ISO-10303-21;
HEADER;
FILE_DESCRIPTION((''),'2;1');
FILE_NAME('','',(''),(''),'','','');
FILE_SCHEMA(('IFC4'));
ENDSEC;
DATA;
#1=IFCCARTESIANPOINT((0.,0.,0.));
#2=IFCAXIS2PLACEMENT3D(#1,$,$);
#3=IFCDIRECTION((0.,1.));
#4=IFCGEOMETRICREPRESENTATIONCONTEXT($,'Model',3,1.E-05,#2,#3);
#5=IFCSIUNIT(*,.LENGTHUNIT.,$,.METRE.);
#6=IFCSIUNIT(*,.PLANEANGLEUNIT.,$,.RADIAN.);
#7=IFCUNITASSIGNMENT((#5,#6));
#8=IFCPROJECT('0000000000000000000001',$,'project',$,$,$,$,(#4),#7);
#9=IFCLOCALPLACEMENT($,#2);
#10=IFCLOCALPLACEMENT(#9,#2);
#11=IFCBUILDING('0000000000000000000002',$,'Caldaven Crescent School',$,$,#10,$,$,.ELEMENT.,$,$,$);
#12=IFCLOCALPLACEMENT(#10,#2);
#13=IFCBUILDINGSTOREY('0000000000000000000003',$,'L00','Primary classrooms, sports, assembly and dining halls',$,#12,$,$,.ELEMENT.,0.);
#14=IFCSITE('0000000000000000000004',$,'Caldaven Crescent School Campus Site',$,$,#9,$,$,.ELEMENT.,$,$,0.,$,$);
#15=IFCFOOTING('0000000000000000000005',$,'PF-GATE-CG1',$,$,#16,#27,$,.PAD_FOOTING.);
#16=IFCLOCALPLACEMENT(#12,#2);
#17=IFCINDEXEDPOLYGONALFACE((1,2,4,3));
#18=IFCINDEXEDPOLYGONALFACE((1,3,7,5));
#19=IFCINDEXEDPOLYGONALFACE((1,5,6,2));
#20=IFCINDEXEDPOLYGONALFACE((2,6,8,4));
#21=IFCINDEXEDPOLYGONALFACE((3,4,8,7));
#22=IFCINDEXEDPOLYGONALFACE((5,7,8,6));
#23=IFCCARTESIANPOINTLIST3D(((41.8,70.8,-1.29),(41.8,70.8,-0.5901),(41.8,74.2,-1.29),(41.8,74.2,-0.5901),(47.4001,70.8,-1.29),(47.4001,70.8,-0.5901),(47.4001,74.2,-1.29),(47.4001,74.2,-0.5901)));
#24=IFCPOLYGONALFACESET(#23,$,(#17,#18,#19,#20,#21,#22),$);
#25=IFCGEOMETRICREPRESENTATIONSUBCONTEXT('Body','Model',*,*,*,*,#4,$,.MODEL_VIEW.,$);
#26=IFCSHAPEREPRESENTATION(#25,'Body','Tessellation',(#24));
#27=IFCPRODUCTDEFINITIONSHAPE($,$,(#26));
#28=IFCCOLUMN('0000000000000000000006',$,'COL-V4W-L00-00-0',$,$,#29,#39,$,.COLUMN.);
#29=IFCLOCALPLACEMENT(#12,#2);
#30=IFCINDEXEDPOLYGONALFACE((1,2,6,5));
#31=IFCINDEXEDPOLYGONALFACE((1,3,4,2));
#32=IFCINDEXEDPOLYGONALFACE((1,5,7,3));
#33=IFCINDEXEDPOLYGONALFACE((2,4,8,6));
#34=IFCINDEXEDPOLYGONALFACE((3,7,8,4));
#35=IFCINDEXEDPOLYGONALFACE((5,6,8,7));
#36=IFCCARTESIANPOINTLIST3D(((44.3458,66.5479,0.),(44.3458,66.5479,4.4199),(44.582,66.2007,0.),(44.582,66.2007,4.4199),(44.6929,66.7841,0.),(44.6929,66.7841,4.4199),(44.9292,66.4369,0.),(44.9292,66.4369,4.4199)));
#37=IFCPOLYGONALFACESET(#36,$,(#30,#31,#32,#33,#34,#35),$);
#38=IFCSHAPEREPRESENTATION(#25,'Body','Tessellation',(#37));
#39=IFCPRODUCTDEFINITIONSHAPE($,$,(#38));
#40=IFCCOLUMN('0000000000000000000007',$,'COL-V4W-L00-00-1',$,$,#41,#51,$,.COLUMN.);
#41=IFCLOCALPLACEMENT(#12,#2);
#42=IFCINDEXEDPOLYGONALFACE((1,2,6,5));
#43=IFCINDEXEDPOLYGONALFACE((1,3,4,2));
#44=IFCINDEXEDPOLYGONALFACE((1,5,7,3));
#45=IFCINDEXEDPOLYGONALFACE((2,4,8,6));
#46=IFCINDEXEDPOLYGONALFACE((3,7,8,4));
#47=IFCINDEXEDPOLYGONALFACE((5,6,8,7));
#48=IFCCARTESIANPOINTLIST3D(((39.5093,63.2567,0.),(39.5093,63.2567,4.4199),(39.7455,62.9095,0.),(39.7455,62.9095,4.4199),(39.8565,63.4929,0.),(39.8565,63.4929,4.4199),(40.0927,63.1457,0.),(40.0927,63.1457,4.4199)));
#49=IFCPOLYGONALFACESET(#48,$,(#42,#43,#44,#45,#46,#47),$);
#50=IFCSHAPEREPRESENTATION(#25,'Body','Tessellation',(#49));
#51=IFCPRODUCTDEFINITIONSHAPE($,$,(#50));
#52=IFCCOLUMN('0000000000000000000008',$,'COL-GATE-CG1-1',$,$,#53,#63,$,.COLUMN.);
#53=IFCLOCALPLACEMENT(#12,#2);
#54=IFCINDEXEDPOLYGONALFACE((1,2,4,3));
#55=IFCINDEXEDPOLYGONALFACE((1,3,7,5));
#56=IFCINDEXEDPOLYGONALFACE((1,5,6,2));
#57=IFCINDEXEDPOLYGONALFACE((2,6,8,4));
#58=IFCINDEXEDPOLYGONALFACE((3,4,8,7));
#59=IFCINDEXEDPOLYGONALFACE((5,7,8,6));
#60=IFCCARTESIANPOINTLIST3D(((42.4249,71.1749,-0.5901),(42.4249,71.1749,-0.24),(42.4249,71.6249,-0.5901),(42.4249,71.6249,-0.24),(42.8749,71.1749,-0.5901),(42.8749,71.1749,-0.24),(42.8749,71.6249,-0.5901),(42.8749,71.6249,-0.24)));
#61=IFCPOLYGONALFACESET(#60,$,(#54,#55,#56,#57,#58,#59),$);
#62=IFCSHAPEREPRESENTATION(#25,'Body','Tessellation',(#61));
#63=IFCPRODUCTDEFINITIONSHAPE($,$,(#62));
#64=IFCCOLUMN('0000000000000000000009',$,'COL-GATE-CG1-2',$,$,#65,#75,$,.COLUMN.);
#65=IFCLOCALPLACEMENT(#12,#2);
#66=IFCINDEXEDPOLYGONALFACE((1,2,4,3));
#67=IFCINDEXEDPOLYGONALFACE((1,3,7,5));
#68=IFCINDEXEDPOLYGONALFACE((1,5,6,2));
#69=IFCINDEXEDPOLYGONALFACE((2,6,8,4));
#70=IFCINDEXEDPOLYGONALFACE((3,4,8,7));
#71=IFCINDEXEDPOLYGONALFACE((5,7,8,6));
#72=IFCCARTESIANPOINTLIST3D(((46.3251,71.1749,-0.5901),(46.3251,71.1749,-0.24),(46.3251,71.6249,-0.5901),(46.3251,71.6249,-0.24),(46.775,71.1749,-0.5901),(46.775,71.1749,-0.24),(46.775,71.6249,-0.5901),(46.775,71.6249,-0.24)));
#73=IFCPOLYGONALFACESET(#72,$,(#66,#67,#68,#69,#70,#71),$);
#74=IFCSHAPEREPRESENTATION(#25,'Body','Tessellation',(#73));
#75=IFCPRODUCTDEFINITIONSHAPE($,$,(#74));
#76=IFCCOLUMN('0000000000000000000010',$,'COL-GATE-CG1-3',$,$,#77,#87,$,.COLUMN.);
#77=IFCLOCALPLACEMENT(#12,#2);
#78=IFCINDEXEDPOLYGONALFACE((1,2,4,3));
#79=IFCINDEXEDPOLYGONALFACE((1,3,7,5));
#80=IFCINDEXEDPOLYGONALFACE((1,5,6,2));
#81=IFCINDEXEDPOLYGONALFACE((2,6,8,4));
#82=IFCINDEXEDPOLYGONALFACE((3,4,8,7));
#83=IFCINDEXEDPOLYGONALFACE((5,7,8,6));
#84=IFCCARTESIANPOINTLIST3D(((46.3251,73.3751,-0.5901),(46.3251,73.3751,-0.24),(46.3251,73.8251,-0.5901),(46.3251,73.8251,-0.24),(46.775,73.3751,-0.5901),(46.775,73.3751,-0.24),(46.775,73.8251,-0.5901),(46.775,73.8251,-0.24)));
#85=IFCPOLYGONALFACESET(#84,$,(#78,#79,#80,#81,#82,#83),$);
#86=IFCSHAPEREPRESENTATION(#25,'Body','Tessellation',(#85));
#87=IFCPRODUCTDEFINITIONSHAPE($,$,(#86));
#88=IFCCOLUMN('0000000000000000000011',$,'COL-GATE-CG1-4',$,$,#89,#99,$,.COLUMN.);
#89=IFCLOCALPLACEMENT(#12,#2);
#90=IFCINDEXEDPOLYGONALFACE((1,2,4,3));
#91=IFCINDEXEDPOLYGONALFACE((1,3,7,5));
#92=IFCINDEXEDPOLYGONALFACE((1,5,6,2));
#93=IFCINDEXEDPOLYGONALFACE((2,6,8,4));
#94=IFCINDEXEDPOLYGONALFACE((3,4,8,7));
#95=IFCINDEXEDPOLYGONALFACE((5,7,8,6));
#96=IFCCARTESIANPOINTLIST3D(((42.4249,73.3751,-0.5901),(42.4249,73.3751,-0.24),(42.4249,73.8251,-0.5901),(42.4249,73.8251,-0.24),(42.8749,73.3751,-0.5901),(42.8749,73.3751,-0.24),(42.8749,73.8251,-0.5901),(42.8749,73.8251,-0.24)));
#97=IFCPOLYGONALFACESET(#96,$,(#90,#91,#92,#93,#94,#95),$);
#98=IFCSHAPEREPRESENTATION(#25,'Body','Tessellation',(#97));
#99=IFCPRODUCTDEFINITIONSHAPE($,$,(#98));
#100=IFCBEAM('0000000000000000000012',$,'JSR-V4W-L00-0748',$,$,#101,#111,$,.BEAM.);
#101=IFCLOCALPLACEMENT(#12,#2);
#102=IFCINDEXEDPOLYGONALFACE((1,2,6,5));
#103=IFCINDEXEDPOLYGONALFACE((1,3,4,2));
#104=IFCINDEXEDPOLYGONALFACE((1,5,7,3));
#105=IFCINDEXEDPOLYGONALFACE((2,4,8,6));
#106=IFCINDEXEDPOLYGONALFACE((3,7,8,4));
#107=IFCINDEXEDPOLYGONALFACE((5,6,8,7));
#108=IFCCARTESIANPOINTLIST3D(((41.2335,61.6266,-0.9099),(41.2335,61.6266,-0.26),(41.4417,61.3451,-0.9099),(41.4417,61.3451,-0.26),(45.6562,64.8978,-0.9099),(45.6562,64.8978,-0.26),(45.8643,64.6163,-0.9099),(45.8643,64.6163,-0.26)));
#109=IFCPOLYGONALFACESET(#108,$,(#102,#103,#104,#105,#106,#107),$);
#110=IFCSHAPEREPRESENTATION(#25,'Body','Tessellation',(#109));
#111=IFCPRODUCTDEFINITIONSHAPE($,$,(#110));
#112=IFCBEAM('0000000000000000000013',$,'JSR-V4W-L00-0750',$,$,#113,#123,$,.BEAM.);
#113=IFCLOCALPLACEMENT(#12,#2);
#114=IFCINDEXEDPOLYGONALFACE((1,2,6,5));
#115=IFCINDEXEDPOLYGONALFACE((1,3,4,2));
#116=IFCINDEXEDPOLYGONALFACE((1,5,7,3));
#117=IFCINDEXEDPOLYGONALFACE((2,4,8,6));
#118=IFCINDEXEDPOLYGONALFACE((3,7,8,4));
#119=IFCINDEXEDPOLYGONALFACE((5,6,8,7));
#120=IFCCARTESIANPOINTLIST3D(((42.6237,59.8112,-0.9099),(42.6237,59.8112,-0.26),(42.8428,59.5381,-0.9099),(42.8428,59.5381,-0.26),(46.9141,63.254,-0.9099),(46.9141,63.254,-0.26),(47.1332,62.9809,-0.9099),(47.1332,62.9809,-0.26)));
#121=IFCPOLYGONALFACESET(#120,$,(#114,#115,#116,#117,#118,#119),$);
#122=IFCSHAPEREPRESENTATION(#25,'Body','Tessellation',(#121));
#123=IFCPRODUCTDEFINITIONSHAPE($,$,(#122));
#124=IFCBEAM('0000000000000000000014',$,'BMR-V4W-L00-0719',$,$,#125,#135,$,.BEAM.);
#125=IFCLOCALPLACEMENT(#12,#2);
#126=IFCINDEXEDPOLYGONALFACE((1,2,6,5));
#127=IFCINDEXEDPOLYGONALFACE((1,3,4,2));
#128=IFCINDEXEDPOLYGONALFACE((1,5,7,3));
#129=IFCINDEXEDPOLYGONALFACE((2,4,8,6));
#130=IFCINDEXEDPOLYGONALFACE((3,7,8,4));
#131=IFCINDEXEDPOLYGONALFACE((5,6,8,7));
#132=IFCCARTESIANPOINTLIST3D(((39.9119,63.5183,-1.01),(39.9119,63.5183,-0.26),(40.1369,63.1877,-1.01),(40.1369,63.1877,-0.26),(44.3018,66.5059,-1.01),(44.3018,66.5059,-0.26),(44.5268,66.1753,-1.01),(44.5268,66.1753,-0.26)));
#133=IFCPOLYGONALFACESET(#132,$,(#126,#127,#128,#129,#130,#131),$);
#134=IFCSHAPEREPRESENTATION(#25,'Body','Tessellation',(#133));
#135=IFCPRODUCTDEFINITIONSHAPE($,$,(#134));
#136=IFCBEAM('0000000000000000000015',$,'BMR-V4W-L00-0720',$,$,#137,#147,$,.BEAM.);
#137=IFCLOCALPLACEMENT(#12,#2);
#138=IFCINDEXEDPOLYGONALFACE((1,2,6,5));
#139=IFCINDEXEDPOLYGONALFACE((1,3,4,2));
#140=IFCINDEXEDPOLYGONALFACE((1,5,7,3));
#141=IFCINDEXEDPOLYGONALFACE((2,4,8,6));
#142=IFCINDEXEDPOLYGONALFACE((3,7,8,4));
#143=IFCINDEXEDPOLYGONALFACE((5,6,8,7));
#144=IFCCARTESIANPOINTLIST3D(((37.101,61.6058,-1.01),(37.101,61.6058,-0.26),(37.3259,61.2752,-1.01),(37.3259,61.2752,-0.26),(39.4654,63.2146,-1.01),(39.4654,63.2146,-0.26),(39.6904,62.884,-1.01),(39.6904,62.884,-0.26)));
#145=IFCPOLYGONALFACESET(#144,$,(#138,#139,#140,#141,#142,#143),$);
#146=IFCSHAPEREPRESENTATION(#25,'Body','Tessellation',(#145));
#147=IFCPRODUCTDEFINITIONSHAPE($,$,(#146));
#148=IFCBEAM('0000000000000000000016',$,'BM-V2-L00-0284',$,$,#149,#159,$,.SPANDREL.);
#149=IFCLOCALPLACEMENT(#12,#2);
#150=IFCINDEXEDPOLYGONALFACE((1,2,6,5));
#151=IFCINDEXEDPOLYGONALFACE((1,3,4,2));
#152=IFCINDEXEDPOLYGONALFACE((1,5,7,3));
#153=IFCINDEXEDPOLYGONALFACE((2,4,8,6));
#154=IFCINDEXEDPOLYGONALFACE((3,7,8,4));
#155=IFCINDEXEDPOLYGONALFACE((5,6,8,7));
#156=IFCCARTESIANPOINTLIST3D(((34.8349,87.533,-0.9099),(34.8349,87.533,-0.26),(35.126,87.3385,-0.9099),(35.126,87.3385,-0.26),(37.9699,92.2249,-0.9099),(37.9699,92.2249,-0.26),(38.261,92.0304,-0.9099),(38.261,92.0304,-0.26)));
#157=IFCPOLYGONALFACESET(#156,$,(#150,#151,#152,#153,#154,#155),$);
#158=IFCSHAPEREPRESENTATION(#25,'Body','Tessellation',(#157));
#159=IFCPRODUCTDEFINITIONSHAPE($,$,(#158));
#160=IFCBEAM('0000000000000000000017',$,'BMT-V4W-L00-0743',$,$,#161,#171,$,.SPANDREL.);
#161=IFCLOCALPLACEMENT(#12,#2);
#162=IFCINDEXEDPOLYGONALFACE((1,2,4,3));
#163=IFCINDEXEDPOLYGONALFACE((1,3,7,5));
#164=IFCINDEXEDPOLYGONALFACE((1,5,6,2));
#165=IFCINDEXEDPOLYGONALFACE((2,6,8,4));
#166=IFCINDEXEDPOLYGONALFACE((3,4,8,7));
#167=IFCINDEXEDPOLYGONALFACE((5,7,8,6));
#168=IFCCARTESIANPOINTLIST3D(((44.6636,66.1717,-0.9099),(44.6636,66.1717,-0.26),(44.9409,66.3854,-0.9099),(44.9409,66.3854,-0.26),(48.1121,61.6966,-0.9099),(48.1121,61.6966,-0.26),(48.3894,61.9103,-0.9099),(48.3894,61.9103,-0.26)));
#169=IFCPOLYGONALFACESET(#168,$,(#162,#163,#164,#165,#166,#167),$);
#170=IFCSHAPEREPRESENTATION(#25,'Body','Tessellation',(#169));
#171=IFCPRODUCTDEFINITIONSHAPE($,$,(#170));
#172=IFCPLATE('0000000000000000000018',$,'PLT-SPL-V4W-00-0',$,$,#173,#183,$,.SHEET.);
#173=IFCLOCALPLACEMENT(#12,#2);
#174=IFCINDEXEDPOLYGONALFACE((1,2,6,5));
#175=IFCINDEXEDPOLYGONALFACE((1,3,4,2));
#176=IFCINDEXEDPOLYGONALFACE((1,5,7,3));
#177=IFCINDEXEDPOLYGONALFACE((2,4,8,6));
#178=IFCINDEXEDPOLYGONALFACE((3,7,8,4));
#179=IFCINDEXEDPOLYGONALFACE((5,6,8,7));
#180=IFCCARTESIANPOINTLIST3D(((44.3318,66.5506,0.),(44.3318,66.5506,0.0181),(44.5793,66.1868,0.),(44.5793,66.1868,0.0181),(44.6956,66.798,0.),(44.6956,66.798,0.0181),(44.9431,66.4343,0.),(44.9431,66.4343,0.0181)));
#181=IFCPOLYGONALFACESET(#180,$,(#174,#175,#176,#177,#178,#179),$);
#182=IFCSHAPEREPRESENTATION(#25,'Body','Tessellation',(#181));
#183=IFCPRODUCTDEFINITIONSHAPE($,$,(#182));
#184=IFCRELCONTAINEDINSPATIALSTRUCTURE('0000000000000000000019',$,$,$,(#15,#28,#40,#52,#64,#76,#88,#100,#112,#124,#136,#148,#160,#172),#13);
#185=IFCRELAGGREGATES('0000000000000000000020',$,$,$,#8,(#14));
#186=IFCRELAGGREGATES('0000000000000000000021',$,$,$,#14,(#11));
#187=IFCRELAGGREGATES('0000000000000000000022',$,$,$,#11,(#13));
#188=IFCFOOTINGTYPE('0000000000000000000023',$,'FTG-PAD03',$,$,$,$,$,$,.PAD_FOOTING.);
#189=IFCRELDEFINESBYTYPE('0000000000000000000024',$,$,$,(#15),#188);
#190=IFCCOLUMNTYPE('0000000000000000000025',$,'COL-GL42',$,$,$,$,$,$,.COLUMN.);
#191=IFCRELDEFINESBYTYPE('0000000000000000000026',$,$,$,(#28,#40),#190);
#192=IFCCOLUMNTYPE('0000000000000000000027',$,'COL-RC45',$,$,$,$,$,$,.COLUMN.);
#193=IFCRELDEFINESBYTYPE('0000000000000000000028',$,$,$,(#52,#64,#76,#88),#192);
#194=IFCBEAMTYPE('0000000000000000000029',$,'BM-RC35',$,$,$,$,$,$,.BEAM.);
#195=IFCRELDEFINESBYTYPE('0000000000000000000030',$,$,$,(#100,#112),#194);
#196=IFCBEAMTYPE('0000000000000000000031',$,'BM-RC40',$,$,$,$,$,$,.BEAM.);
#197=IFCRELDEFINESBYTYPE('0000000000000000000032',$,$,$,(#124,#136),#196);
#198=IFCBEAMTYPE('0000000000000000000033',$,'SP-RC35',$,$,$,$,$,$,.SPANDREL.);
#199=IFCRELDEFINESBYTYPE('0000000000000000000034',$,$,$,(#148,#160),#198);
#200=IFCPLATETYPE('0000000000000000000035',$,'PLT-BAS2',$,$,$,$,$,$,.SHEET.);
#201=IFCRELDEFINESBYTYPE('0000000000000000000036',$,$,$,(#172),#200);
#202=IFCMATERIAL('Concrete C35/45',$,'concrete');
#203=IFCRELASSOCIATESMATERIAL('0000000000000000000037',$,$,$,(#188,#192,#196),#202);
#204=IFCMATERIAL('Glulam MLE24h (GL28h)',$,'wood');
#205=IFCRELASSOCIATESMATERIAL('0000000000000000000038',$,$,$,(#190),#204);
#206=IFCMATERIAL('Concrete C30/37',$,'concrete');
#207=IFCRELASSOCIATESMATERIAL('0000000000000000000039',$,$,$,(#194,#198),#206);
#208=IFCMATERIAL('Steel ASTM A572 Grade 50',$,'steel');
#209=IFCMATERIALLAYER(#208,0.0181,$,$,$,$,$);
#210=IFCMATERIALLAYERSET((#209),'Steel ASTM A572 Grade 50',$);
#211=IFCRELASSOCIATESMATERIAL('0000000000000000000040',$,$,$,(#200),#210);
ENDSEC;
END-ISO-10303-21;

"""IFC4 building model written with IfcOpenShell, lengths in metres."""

from ifc_helpers import new_model, si_unit, direction, frame, origin, origin_2d, place, context, subcontext, project, spatial, rectangle, extrude, material, layer, layer_set, material_profile, profile_set, type_object, element, save


model = new_model("IFC4")

# Units and contexts
model_context = context("Model", 3, precision=1e-05, world=origin(), true_north=direction((0.0, 1.0)))
body_context = subcontext(model_context, "Body", "Model", "MODEL_VIEW")
ifc_project = project(units=[si_unit("LENGTHUNIT", "METRE"), si_unit("PLANEANGLEUNIT", "RADIAN")], contexts=[model_context])

# Site, building, storey
site_placement = place(None, origin())
site = spatial("IfcSite", under=ifc_project, at=site_placement, Name="Caldaven Crescent School Campus Site", CompositionType="ELEMENT", RefElevation=0.0)
building_placement = place(site_placement, origin())
building = spatial("IfcBuilding", under=site, at=building_placement, Name="Caldaven Crescent School", CompositionType="ELEMENT")
storey_placement = place(building_placement, origin())
storey = spatial("IfcBuildingStorey", under=building, at=storey_placement, Name="L00", Description="Primary classrooms, sports, assembly and dining halls", CompositionType="ELEMENT", Elevation=0.0)

# Footing
ifc_material_1 = material(Name="Concrete C35/45", Category="concrete")
footing_type = type_object("IfcFootingType", Name="FTG-PAD03", PredefinedType="PAD_FOOTING", material=ifc_material_1)
footing_placement = place(storey_placement, frame((44.6001, 72.5, -1.29), z_axis=(0.0, 0.0, 1.0), x_axis=(1.0, 0.0, 0.0)))
element("IfcFooting", 1, at=footing_placement, inside=storey, type_object=footing_type, Name="PF-GATE-CG1", PredefinedType="PAD_FOOTING", context=body_context, shape_type="SweptSolid", body=[
    extrude(rectangle(XDim=5.6001, YDim=3.3999, at=origin_2d()), origin(), (0.0, 0.0, 1.0), 0.7),
])

# Columns
ifc_material_2 = material(Name="Glulam MLE24h (GL28h)", Category="wood")
ifc_material_profile_1 = material_profile(ifc_material_2, rectangle(XDim=0.4199, YDim=0.4199, at=origin_2d()), Name="MLE 420x420")
ifc_profile_set_1 = profile_set([ifc_material_profile_1], Name="Glulam MLE24h (GL28h)")
column_type_1 = type_object("IfcColumnType", Name="COL-GL42", PredefinedType="COLUMN", material=ifc_profile_set_1)
for number, where, z_axis, x_axis, name in (
    (2, (44.6375, 66.4924, 0.0), (0.0, 0.0, 1.0), (-0.826786, -0.562516, 0.0), "COL-V4W-L00-00-0"),
    (3, (39.801, 63.2012, 0.0), (0.0, 0.0, 1.0), (-0.826786, -0.562516, 0.0), "COL-V4W-L00-00-1"),
):
    element("IfcColumn", number, at=place(storey_placement, frame(where, z_axis=z_axis, x_axis=x_axis)), inside=storey, type_object=column_type_1, Name=name, PredefinedType="COLUMN", context=body_context, shape_type="SweptSolid", body=[
        extrude(rectangle(XDim=0.4199, YDim=0.4199, at=origin_2d()), origin(), (0.0, 0.0, 1.0), 4.4199),
    ])
ifc_material_profile_2 = material_profile(ifc_material_1, rectangle(XDim=0.45, YDim=0.45, at=origin_2d()), Name="RC 450x450")
ifc_profile_set_2 = profile_set([ifc_material_profile_2], Name="Concrete C35/45")
column_type_2 = type_object("IfcColumnType", Name="COL-RC45", PredefinedType="COLUMN", material=ifc_profile_set_2)
for number, where, z_axis, x_axis, name in (
    (4, (42.6499, 71.3999, -0.5901), (0.0, 0.0, 1.0), (1.0, 0.0, 0.0), "COL-GATE-CG1-1"),
    (5, (46.55, 71.3999, -0.5901), (0.0, 0.0, 1.0), (1.0, 0.0, 0.0), "COL-GATE-CG1-2"),
    (6, (46.55, 73.6001, -0.5901), (0.0, 0.0, 1.0), (1.0, 0.0, 0.0), "COL-GATE-CG1-3"),
    (7, (42.6499, 73.6001, -0.5901), (0.0, 0.0, 1.0), (1.0, 0.0, 0.0), "COL-GATE-CG1-4"),
):
    element("IfcColumn", number, at=place(storey_placement, frame(where, z_axis=z_axis, x_axis=x_axis)), inside=storey, type_object=column_type_2, Name=name, PredefinedType="COLUMN", context=body_context, shape_type="SweptSolid", body=[
        extrude(rectangle(XDim=0.45, YDim=0.45, at=origin_2d()), origin(), (0.0, 0.0, 1.0), 0.3501),
    ])

# Beams
ifc_material_3 = material(Name="Concrete C30/37", Category="concrete")
ifc_material_profile_3 = material_profile(ifc_material_3, rectangle(XDim=0.3501, YDim=0.6499, at=origin_2d()), Name="RC 350x650")
ifc_profile_set_3 = profile_set([ifc_material_profile_3], Name="Concrete C30/37")
beam_type_1 = type_object("IfcBeamType", Name="BM-RC35", PredefinedType="BEAM", material=ifc_profile_set_3)
for number, where, z_axis, x_axis, name in (
    (8, (45.7603, 64.7571, -0.585), (-0.803971, -0.594668, 0.0), (0.594668, -0.803971, 0.0), "JSR-V4W-L00-0748"),
    (9, (47.0237, 63.1174, -0.585), (-0.779941, -0.625853, 0.0), (0.625853, -0.779941, 0.0), "JSR-V4W-L00-0750"),
):
    element("IfcBeam", number, at=place(storey_placement, frame(where, z_axis=z_axis, x_axis=x_axis)), inside=storey, type_object=beam_type_1, Name=name, PredefinedType="BEAM", context=body_context, shape_type="SweptSolid", body=[
        extrude(rectangle(XDim=0.3501, YDim=0.6499, at=origin_2d()), origin(), (0.0, 0.0, 1.0), 5.501),
    ])
ifc_material_profile_4 = material_profile(ifc_material_1, rectangle(XDim=0.3999, YDim=0.75, at=origin_2d()), Name="RC 400x750")
ifc_profile_set_4 = profile_set([ifc_material_profile_4], Name="Concrete C35/45")
beam_type_2 = type_object("IfcBeamType", Name="BM-RC40", PredefinedType="BEAM", material=ifc_profile_set_4)
beam_1_placement = place(storey_placement, frame((44.4143, 66.3406, -0.635), z_axis=(-0.826714, -0.562622, 0.0), x_axis=(0.562622, -0.826714, 0.0)))
element("IfcBeam", 10, at=beam_1_placement, inside=storey, type_object=beam_type_2, Name="BMR-V4W-L00-0719", PredefinedType="BEAM", context=body_context, shape_type="SweptSolid", body=[
    extrude(rectangle(XDim=0.3999, YDim=0.75, at=origin_2d()), origin(), (0.0, 0.0, 1.0), 5.3101),
])
beam_2_placement = place(storey_placement, frame((39.5779, 63.0493, -0.635), z_axis=(-0.82676, -0.562555, 0.0), x_axis=(0.562555, -0.82676, 0.0)))
element("IfcBeam", 11, at=beam_2_placement, inside=storey, type_object=beam_type_2, Name="BMR-V4W-L00-0720", PredefinedType="BEAM", context=body_context, shape_type="SweptSolid", body=[
    extrude(rectangle(XDim=0.3999, YDim=0.75, at=origin_2d()), origin(), (0.0, 0.0, 1.0), 2.8599),
])
ifc_material_profile_5 = material_profile(ifc_material_3, rectangle(XDim=0.3501, YDim=0.6499, at=origin_2d()), Name="RC 350x650")
ifc_profile_set_5 = profile_set([ifc_material_profile_5], Name="Concrete C30/37")
beam_type_3 = type_object("IfcBeamType", Name="SP-RC35", PredefinedType="SPANDREL", material=ifc_profile_set_5)
beam_3_placement = place(storey_placement, frame((34.9805, 87.4358, -0.585), z_axis=(0.555569, 0.831471, 0.0), x_axis=(-0.831471, 0.555569, 0.0)))
element("IfcBeam", 12, at=beam_3_placement, inside=storey, type_object=beam_type_3, Name="BM-V2-L00-0284", PredefinedType="SPANDREL", context=body_context, shape_type="SweptSolid", body=[
    extrude(rectangle(XDim=0.3501, YDim=0.6499, at=origin_2d()), origin(), (0.0, 0.0, 1.0), 5.6428),
])
beam_4_placement = place(storey_placement, frame((44.8022, 66.2786, -0.585), z_axis=(0.610389, -0.792102, 0.0), x_axis=(0.792102, 0.610389, 0.0)))
element("IfcBeam", 13, at=beam_4_placement, inside=storey, type_object=beam_type_3, Name="BMT-V4W-L00-0743", PredefinedType="SPANDREL", context=body_context, shape_type="SweptSolid", body=[
    extrude(rectangle(XDim=0.3501, YDim=0.6499, at=origin_2d()), origin(), (0.0, 0.0, 1.0), 5.6497),
])

# Plate
ifc_material_4 = material(Name="Steel ASTM A572 Grade 50", Category="steel")
ifc_layer_1 = layer(ifc_material_4, 0.0181)
ifc_layer_set_1 = layer_set([ifc_layer_1], Name="Steel ASTM A572 Grade 50")
plate_type = type_object("IfcPlateType", Name="PLT-BAS2", PredefinedType="SHEET", material=ifc_layer_set_1)
plate_placement = place(storey_placement, frame((44.6375, 66.4924, 0.0), z_axis=(0.0, 0.0, 1.0), x_axis=(-0.826786, -0.562516, 0.0)))
element("IfcPlate", 14, at=plate_placement, inside=storey, type_object=plate_type, Name="PLT-SPL-V4W-00-0", PredefinedType="SHEET", context=body_context, shape_type="SweptSolid", body=[
    extrude(rectangle(XDim=0.4399, YDim=0.4399, at=origin_2d()), origin(), (0.0, 0.0, 1.0), 0.0181),
])

save(model, "model.ifc")
